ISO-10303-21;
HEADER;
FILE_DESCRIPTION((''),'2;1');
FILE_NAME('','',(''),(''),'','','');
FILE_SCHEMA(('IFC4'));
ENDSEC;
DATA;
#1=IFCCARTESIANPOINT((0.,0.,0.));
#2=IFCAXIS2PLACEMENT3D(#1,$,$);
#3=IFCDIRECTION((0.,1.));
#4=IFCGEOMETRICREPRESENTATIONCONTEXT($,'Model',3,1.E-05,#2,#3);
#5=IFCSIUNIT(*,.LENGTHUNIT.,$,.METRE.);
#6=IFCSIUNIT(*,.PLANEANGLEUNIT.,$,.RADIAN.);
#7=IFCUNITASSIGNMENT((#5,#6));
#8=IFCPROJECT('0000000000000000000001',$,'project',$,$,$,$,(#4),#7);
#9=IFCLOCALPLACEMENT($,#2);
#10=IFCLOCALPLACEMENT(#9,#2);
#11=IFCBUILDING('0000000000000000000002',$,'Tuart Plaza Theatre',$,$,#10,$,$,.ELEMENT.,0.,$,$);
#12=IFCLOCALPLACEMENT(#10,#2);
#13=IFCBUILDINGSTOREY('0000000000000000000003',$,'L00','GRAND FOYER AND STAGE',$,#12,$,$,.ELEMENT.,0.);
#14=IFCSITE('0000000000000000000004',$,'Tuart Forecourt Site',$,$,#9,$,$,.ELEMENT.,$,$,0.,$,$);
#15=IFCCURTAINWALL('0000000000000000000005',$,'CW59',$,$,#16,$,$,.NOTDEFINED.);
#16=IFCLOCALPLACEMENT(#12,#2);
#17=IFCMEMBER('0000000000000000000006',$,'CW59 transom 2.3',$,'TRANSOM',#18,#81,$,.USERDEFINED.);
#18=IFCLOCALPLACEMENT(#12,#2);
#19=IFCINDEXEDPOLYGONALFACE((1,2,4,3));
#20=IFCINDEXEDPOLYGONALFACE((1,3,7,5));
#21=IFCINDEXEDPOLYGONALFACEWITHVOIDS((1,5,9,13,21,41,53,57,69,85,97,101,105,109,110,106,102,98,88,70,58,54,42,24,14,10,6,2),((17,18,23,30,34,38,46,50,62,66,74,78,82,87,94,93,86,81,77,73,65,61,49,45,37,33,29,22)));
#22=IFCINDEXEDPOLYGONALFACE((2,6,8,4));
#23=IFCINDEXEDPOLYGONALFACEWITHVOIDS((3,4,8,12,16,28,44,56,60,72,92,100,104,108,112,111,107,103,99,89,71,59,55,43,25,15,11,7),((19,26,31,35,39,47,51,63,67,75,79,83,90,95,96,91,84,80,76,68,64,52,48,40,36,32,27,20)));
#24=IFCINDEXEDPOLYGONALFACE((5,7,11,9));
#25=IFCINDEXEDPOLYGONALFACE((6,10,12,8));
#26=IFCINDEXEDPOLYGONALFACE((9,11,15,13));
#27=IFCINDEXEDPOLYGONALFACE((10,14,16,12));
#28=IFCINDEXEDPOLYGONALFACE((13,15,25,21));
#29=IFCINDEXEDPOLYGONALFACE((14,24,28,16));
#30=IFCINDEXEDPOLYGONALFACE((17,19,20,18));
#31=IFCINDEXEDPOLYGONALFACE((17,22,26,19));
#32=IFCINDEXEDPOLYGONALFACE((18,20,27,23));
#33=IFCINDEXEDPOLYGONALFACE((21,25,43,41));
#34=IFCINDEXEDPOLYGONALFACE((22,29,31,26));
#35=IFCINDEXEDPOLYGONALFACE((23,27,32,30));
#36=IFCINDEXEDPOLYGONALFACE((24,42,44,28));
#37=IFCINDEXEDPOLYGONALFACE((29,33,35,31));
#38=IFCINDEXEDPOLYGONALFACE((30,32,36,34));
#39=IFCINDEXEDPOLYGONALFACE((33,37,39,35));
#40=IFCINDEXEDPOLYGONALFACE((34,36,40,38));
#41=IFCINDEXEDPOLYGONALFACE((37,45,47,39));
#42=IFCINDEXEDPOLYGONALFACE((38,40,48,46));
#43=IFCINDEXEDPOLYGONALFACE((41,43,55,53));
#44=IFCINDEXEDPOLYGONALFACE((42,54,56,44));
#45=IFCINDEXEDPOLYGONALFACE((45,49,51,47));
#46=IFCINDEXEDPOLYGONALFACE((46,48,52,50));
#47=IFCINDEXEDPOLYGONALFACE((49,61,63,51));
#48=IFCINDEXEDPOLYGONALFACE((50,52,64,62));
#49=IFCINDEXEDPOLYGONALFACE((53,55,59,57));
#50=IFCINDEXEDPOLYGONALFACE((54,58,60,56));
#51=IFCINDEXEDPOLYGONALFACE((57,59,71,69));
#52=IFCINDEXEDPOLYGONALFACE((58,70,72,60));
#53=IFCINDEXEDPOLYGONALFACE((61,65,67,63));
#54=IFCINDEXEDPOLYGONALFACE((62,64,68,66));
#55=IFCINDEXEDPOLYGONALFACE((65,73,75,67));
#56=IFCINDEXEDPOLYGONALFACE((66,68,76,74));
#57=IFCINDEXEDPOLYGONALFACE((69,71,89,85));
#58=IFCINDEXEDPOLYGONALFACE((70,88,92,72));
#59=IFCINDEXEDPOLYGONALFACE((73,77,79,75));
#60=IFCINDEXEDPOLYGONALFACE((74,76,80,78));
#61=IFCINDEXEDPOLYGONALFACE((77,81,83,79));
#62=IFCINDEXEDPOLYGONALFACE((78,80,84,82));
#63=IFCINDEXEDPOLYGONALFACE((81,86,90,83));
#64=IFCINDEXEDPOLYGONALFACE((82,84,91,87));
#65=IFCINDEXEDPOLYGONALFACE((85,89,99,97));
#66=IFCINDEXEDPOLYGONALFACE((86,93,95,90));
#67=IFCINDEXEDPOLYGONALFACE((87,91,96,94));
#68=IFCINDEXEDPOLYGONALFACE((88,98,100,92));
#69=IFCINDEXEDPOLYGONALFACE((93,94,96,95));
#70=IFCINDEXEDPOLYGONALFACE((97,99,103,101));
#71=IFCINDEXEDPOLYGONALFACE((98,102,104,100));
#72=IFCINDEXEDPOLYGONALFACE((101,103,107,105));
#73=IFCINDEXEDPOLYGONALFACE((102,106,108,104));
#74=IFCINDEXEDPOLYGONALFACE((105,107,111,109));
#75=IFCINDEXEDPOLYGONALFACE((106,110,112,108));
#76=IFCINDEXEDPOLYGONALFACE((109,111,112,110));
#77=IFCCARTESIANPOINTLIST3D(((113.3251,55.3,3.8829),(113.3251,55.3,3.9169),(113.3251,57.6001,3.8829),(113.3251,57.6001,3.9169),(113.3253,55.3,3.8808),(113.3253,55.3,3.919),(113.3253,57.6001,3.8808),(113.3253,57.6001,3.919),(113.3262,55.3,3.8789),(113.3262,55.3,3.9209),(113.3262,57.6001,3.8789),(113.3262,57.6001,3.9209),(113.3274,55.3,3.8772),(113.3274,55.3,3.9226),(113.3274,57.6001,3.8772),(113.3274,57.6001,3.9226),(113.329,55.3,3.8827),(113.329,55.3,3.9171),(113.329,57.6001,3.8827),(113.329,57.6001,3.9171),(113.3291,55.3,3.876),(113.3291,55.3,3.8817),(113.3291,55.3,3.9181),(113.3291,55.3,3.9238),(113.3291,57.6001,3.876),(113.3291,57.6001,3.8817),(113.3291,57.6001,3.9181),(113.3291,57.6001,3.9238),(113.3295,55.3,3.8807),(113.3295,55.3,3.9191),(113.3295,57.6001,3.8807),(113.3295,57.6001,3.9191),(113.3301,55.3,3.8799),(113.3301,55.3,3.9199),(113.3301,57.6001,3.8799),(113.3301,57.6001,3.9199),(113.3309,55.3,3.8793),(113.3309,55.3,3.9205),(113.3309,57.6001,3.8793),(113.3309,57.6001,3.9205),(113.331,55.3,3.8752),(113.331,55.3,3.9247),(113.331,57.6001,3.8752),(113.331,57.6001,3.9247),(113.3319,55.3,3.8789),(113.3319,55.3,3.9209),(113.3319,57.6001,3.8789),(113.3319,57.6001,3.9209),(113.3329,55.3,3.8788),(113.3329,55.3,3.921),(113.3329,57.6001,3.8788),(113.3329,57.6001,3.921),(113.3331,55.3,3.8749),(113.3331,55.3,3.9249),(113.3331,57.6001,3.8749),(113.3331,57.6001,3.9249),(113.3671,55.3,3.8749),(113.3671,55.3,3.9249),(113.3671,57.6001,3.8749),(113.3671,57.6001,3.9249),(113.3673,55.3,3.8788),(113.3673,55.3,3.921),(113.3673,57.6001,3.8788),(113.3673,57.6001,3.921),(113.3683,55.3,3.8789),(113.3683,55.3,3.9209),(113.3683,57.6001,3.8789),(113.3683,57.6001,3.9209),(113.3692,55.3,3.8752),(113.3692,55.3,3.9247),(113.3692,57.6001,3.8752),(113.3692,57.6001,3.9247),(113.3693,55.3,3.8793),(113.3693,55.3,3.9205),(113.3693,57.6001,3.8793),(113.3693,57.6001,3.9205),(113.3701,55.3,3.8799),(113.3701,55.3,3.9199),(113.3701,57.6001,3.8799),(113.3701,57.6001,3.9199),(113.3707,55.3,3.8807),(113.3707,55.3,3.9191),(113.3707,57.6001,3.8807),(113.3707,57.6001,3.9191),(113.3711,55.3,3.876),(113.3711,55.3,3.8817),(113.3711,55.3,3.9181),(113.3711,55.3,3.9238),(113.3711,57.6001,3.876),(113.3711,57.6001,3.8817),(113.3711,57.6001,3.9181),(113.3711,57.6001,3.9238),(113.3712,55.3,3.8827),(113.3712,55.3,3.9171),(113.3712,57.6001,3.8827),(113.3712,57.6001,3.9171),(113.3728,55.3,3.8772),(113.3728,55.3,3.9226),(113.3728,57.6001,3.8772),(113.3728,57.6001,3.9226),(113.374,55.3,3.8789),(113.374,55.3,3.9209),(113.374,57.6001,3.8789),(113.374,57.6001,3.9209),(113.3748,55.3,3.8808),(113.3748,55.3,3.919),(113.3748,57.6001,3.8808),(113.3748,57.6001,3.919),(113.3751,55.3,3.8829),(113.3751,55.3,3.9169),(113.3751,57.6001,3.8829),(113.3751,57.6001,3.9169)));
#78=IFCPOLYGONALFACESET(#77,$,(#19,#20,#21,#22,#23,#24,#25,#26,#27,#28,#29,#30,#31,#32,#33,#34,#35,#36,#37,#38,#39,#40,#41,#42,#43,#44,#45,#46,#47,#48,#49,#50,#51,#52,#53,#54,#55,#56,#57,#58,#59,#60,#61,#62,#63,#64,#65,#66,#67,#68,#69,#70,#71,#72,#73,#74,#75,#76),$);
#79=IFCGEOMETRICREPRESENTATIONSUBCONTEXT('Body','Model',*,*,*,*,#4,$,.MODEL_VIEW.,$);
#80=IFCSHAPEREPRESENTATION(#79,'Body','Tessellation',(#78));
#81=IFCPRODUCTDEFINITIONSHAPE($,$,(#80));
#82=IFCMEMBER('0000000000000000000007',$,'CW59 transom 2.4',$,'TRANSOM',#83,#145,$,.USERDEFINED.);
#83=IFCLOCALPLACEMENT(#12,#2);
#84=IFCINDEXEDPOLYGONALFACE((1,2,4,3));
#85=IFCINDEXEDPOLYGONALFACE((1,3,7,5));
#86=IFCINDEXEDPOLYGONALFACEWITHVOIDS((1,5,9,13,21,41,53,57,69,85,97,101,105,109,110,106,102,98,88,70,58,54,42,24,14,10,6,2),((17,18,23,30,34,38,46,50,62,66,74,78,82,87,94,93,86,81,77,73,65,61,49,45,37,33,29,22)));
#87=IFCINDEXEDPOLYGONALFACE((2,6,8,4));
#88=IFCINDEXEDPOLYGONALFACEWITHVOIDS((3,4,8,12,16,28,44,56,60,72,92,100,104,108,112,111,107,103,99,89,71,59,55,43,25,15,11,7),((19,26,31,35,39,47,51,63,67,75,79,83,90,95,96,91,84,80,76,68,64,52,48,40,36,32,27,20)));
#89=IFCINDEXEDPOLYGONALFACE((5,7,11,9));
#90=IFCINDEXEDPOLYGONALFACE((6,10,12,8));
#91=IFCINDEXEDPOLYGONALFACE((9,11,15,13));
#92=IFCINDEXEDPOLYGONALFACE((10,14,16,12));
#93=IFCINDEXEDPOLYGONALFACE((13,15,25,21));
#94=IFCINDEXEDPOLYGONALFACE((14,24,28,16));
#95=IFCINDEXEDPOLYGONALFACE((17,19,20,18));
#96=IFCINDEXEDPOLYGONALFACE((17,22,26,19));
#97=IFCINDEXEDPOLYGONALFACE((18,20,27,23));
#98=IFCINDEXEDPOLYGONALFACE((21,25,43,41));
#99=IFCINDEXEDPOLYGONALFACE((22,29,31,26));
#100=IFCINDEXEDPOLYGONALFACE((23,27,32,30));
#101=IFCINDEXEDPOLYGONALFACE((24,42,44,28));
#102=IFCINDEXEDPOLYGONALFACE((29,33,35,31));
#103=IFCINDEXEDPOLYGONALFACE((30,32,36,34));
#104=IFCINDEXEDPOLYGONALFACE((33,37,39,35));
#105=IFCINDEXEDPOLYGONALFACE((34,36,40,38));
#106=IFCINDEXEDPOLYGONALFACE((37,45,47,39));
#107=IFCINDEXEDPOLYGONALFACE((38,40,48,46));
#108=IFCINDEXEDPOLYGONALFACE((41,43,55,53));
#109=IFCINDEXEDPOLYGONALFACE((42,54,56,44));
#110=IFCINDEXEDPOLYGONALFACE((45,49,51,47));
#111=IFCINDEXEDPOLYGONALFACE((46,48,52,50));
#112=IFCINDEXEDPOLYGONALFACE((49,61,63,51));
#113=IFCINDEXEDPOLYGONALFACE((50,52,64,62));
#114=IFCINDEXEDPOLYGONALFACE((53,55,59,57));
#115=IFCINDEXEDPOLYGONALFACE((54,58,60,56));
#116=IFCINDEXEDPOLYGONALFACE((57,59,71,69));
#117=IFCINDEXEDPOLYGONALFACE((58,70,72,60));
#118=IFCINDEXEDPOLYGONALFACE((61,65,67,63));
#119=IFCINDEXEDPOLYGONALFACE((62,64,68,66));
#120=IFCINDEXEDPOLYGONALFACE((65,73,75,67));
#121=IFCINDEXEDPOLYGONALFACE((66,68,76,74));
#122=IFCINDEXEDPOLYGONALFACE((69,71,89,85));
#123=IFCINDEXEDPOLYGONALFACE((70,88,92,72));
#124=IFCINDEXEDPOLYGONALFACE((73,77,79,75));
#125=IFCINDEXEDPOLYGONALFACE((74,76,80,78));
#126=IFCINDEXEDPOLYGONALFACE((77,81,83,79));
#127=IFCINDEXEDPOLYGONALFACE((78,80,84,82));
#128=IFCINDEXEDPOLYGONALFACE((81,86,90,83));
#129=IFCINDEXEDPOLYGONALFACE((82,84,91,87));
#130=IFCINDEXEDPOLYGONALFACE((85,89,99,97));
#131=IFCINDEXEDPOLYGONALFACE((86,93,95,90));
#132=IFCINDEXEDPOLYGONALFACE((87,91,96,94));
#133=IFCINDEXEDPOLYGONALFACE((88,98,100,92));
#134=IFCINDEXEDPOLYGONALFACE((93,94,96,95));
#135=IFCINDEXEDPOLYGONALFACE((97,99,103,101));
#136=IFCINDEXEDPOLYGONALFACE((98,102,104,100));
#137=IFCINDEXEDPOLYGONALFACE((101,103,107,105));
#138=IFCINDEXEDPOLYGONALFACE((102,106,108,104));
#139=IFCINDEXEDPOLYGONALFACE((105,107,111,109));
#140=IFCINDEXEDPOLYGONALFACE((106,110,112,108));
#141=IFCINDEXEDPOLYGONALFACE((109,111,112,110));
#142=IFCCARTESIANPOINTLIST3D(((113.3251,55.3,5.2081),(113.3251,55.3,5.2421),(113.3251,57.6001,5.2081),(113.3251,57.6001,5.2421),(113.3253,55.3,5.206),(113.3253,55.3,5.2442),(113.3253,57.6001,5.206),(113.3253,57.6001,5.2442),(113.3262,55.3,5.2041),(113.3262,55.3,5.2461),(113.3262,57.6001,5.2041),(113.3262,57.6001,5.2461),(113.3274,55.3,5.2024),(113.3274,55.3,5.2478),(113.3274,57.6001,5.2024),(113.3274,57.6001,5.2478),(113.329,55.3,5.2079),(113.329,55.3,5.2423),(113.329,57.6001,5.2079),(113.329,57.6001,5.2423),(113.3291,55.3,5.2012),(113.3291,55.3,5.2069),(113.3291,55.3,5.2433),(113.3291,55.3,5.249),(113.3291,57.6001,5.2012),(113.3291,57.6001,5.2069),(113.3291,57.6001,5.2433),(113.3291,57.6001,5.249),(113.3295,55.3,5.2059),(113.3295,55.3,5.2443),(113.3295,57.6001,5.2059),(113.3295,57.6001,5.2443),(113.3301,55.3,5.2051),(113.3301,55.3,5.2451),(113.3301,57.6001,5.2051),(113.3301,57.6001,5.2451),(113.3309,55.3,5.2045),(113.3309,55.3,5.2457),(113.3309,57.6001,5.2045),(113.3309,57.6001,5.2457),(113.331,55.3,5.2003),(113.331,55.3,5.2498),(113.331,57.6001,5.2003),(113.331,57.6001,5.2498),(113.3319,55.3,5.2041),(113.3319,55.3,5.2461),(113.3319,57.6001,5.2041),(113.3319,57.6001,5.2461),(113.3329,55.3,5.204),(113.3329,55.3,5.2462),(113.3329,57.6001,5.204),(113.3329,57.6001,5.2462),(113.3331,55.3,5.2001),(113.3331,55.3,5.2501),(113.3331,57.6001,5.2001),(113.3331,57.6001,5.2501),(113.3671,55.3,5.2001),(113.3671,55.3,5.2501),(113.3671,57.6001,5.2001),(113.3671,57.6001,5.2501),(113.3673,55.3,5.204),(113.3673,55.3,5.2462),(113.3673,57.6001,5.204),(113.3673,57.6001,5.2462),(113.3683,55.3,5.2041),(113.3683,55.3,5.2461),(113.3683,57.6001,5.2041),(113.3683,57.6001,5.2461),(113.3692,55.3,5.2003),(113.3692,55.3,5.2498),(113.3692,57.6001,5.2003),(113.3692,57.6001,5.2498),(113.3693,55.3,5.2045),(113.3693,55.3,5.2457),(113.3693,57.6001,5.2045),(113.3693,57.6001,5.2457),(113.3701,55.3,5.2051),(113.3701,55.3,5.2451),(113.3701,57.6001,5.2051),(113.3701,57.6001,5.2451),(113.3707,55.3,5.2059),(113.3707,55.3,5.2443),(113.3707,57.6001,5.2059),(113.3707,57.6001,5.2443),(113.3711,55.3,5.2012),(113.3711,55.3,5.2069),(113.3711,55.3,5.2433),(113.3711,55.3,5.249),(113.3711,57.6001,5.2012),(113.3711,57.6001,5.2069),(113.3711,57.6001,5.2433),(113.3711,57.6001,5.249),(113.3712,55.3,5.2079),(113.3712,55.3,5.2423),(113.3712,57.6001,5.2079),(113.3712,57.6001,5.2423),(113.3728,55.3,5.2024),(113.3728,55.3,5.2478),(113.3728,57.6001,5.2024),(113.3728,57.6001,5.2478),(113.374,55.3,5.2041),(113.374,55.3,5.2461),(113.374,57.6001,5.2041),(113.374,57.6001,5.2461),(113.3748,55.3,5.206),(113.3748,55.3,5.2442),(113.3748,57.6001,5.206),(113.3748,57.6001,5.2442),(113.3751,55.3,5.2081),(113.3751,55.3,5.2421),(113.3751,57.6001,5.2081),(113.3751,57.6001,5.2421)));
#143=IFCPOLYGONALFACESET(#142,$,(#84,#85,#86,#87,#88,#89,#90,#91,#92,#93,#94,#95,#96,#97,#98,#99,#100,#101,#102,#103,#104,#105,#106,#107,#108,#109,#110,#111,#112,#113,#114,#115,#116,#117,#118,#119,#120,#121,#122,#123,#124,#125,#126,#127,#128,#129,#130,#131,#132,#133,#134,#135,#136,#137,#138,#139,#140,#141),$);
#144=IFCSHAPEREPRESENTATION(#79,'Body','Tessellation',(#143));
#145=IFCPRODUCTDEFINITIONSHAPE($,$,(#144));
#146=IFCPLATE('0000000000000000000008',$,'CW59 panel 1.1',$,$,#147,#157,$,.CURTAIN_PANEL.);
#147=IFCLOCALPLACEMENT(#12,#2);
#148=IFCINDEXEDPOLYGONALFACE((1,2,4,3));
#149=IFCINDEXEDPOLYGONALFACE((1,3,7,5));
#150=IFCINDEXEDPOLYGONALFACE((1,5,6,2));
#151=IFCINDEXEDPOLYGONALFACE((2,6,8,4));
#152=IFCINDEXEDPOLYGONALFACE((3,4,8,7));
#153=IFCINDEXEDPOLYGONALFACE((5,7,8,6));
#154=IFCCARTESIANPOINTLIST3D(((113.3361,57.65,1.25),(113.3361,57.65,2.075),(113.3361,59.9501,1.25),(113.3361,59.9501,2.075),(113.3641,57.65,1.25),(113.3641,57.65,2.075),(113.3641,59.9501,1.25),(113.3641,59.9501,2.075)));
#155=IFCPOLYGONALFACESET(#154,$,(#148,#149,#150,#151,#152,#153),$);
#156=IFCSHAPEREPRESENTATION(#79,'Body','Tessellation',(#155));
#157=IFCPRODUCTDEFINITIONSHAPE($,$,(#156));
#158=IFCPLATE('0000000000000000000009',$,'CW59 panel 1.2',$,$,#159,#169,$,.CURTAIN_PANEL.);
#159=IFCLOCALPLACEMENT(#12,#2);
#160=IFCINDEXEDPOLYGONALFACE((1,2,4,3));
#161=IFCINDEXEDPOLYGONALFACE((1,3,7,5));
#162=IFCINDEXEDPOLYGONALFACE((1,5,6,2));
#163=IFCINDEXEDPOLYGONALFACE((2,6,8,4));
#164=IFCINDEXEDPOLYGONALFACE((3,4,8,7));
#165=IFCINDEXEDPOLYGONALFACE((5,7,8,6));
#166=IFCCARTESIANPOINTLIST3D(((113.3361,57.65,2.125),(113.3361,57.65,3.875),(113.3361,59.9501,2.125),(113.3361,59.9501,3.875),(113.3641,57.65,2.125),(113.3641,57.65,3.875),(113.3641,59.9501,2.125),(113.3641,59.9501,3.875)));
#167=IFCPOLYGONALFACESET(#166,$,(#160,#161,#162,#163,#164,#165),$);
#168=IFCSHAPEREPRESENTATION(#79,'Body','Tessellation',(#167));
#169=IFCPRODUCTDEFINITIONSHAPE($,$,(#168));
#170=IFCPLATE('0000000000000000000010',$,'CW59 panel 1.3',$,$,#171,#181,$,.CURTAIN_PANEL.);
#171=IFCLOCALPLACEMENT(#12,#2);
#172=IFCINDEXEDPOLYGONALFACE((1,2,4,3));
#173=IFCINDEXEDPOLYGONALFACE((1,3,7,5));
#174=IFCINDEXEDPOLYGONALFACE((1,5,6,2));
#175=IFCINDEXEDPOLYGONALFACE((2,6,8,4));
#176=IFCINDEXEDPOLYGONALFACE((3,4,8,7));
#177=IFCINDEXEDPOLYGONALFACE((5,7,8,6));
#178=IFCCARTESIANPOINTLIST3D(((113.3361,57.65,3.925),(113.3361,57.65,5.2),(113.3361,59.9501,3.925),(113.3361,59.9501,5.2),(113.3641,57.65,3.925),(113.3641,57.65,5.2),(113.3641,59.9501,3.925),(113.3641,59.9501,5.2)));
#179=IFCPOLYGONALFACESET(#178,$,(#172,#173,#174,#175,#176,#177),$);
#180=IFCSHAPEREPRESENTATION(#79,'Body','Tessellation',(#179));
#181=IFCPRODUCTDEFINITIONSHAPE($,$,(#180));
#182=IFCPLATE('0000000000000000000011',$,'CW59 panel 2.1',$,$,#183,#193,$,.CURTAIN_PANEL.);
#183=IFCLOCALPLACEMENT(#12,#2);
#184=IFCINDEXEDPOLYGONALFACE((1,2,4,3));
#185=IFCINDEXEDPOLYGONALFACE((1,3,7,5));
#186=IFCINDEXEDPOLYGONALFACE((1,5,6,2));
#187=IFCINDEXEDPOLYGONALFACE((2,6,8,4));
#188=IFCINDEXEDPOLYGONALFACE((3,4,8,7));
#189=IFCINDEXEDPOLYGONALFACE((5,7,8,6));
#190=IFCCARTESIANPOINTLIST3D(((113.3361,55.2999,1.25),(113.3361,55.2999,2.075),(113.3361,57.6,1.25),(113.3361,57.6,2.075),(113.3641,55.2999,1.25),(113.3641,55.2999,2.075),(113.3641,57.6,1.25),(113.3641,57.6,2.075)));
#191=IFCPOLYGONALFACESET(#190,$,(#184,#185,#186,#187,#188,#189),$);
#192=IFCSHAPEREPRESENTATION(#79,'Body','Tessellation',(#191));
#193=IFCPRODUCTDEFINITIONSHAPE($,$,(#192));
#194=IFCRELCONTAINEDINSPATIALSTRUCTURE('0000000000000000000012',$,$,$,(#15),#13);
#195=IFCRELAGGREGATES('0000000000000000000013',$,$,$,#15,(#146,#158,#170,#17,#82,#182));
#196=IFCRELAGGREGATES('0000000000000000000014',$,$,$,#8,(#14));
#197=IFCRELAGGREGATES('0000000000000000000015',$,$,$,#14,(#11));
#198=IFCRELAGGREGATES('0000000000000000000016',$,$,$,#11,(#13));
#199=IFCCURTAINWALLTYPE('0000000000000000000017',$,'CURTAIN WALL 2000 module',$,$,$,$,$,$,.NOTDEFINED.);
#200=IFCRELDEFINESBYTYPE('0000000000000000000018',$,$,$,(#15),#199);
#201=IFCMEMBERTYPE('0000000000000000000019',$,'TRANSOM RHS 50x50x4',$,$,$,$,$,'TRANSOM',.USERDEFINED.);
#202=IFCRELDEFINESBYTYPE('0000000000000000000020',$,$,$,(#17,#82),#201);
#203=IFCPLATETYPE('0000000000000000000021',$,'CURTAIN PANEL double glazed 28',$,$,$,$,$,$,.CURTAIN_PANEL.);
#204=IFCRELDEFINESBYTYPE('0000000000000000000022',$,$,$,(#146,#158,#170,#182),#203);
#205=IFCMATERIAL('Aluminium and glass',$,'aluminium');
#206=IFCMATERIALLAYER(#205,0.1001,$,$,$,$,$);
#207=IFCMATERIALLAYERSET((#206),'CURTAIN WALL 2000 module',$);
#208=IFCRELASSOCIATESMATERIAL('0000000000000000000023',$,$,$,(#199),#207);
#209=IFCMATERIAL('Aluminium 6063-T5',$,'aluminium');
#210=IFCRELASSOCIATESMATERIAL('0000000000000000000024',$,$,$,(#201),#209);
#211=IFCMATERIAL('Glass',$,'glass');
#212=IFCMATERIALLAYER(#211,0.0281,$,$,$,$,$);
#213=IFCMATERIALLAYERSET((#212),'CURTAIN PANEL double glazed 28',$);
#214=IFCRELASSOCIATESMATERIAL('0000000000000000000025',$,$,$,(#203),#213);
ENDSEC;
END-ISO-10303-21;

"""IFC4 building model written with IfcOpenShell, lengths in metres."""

from ifc_helpers import new_model, si_unit, direction, frame, origin, origin_2d, place, context, subcontext, project, spatial, rectangle, hollow_rectangle, extrude, material, layer, layer_set, material_profile, profile_set, type_object, element, aggregate, save


model = new_model("IFC4")

# Units and contexts
model_context = context("Model", 3, precision=1e-05, world=origin(), true_north=direction((0.0, 1.0)))
body_context = subcontext(model_context, "Body", "Model", "MODEL_VIEW")
ifc_project = project(units=[si_unit("LENGTHUNIT", "METRE"), si_unit("PLANEANGLEUNIT", "RADIAN")], contexts=[model_context])

# Site, building, storey
site_placement = place(None, origin())
site = spatial("IfcSite", under=ifc_project, at=site_placement, Name="Tuart Forecourt Site", CompositionType="ELEMENT", RefElevation=0.0)
building_placement = place(site_placement, origin())
building = spatial("IfcBuilding", under=site, at=building_placement, Name="Tuart Plaza Theatre", CompositionType="ELEMENT", ElevationOfRefHeight=0.0)
storey_placement = place(building_placement, origin())
storey = spatial("IfcBuildingStorey", under=building, at=storey_placement, Name="L00", Description="GRAND FOYER AND STAGE", CompositionType="ELEMENT", Elevation=0.0)

# Curtain wall, members, plates
ifc_material_1 = material(Name="Aluminium and glass", Category="aluminium")
ifc_layer_1 = layer(ifc_material_1, 0.1001)
ifc_layer_set_1 = layer_set([ifc_layer_1], Name="CURTAIN WALL 2000 module")
curtain_wall_type = type_object("IfcCurtainWallType", Name="CURTAIN WALL 2000 module", PredefinedType="NOTDEFINED", material=ifc_layer_set_1)
curtain_wall_placement = place(storey_placement, origin())
curtain_wall = element("IfcCurtainWall", 1, at=curtain_wall_placement, inside=storey, type_object=curtain_wall_type, Name="CW59", PredefinedType="NOTDEFINED")
ifc_material_2 = material(Name="Aluminium 6063-T5", Category="aluminium")
ifc_material_profile_1 = material_profile(ifc_material_2, hollow_rectangle(XDim=0.05, YDim=0.05, WallThickness=0.0039, InnerFilletRadius=0.0039, OuterFilletRadius=0.0081, at=origin_2d()), Name="RHS 50x50x4")
ifc_profile_set_1 = profile_set([ifc_material_profile_1], Name="Aluminium 6063-T5")
member_type_1 = type_object("IfcMemberType", Name="TRANSOM RHS 50x50x4", ElementType="TRANSOM", PredefinedType="USERDEFINED", material=ifc_profile_set_1)
member_1_placement = place(storey_placement, frame((113.3501, 57.6001, 3.8999), z_axis=(0.0, -1.0, 0.0), x_axis=(1.0, 0.0, 0.0)))
member_1 = element("IfcMember", 2, at=member_1_placement, type_object=member_type_1, Name="CW59 transom 2.3", ObjectType="TRANSOM", PredefinedType="USERDEFINED", context=body_context, shape_type="SweptSolid", body=[
    extrude(hollow_rectangle(XDim=0.05, YDim=0.05, WallThickness=0.0039, InnerFilletRadius=0.0039, OuterFilletRadius=0.0081, at=origin_2d()), origin(), (0.0, 0.0, 1.0), 2.3),
])
member_2_placement = place(storey_placement, frame((113.3501, 57.6001, 5.2251), z_axis=(0.0, -1.0, 0.0), x_axis=(1.0, 0.0, 0.0)))
member_2 = element("IfcMember", 3, at=member_2_placement, type_object=member_type_1, Name="CW59 transom 2.4", ObjectType="TRANSOM", PredefinedType="USERDEFINED", context=body_context, shape_type="SweptSolid", body=[
    extrude(hollow_rectangle(XDim=0.05, YDim=0.05, WallThickness=0.0039, InnerFilletRadius=0.0039, OuterFilletRadius=0.0081, at=origin_2d()), origin(), (0.0, 0.0, 1.0), 2.3),
])
ifc_material_3 = material(Name="Glass", Category="glass")
ifc_layer_2 = layer(ifc_material_3, 0.0281)
ifc_layer_set_2 = layer_set([ifc_layer_2], Name="CURTAIN PANEL double glazed 28")
plate_type = type_object("IfcPlateType", Name="CURTAIN PANEL double glazed 28", PredefinedType="CURTAIN_PANEL", material=ifc_layer_set_2)
plate_1_placement = place(storey_placement, frame((113.3501, 58.8, 1.25), z_axis=(0.0, 0.0, 1.0), x_axis=(0.0, -1.0, 0.0)))
plate_1 = element("IfcPlate", 4, at=plate_1_placement, type_object=plate_type, Name="CW59 panel 1.1", PredefinedType="CURTAIN_PANEL", context=body_context, shape_type="SweptSolid", body=[
    extrude(rectangle(XDim=2.3, YDim=0.0281, at=origin_2d()), origin(), (0.0, 0.0, 1.0), 0.825),
])
plate_2_placement = place(storey_placement, frame((113.3501, 58.8, 2.125), z_axis=(0.0, 0.0, 1.0), x_axis=(0.0, -1.0, 0.0)))
plate_2 = element("IfcPlate", 5, at=plate_2_placement, type_object=plate_type, Name="CW59 panel 1.2", PredefinedType="CURTAIN_PANEL", context=body_context, shape_type="SweptSolid", body=[
    extrude(rectangle(XDim=2.3, YDim=0.0281, at=origin_2d()), origin(), (0.0, 0.0, 1.0), 1.75),
])
plate_3_placement = place(storey_placement, frame((113.3501, 58.8, 3.925), z_axis=(0.0, 0.0, 1.0), x_axis=(0.0, -1.0, 0.0)))
plate_3 = element("IfcPlate", 6, at=plate_3_placement, type_object=plate_type, Name="CW59 panel 1.3", PredefinedType="CURTAIN_PANEL", context=body_context, shape_type="SweptSolid", body=[
    extrude(rectangle(XDim=2.3, YDim=0.0281, at=origin_2d()), origin(), (0.0, 0.0, 1.0), 1.2749),
])
plate_4_placement = place(storey_placement, frame((113.3501, 56.45, 1.25), z_axis=(0.0, 0.0, 1.0), x_axis=(0.0, -1.0, 0.0)))
plate_4 = element("IfcPlate", 7, at=plate_4_placement, type_object=plate_type, Name="CW59 panel 2.1", PredefinedType="CURTAIN_PANEL", context=body_context, shape_type="SweptSolid", body=[
    extrude(rectangle(XDim=2.3, YDim=0.0281, at=origin_2d()), origin(), (0.0, 0.0, 1.0), 0.825),
])
aggregate(curtain_wall, [plate_1, plate_2, plate_3, member_1, member_2, plate_4])

save(model, "model.ifc")
